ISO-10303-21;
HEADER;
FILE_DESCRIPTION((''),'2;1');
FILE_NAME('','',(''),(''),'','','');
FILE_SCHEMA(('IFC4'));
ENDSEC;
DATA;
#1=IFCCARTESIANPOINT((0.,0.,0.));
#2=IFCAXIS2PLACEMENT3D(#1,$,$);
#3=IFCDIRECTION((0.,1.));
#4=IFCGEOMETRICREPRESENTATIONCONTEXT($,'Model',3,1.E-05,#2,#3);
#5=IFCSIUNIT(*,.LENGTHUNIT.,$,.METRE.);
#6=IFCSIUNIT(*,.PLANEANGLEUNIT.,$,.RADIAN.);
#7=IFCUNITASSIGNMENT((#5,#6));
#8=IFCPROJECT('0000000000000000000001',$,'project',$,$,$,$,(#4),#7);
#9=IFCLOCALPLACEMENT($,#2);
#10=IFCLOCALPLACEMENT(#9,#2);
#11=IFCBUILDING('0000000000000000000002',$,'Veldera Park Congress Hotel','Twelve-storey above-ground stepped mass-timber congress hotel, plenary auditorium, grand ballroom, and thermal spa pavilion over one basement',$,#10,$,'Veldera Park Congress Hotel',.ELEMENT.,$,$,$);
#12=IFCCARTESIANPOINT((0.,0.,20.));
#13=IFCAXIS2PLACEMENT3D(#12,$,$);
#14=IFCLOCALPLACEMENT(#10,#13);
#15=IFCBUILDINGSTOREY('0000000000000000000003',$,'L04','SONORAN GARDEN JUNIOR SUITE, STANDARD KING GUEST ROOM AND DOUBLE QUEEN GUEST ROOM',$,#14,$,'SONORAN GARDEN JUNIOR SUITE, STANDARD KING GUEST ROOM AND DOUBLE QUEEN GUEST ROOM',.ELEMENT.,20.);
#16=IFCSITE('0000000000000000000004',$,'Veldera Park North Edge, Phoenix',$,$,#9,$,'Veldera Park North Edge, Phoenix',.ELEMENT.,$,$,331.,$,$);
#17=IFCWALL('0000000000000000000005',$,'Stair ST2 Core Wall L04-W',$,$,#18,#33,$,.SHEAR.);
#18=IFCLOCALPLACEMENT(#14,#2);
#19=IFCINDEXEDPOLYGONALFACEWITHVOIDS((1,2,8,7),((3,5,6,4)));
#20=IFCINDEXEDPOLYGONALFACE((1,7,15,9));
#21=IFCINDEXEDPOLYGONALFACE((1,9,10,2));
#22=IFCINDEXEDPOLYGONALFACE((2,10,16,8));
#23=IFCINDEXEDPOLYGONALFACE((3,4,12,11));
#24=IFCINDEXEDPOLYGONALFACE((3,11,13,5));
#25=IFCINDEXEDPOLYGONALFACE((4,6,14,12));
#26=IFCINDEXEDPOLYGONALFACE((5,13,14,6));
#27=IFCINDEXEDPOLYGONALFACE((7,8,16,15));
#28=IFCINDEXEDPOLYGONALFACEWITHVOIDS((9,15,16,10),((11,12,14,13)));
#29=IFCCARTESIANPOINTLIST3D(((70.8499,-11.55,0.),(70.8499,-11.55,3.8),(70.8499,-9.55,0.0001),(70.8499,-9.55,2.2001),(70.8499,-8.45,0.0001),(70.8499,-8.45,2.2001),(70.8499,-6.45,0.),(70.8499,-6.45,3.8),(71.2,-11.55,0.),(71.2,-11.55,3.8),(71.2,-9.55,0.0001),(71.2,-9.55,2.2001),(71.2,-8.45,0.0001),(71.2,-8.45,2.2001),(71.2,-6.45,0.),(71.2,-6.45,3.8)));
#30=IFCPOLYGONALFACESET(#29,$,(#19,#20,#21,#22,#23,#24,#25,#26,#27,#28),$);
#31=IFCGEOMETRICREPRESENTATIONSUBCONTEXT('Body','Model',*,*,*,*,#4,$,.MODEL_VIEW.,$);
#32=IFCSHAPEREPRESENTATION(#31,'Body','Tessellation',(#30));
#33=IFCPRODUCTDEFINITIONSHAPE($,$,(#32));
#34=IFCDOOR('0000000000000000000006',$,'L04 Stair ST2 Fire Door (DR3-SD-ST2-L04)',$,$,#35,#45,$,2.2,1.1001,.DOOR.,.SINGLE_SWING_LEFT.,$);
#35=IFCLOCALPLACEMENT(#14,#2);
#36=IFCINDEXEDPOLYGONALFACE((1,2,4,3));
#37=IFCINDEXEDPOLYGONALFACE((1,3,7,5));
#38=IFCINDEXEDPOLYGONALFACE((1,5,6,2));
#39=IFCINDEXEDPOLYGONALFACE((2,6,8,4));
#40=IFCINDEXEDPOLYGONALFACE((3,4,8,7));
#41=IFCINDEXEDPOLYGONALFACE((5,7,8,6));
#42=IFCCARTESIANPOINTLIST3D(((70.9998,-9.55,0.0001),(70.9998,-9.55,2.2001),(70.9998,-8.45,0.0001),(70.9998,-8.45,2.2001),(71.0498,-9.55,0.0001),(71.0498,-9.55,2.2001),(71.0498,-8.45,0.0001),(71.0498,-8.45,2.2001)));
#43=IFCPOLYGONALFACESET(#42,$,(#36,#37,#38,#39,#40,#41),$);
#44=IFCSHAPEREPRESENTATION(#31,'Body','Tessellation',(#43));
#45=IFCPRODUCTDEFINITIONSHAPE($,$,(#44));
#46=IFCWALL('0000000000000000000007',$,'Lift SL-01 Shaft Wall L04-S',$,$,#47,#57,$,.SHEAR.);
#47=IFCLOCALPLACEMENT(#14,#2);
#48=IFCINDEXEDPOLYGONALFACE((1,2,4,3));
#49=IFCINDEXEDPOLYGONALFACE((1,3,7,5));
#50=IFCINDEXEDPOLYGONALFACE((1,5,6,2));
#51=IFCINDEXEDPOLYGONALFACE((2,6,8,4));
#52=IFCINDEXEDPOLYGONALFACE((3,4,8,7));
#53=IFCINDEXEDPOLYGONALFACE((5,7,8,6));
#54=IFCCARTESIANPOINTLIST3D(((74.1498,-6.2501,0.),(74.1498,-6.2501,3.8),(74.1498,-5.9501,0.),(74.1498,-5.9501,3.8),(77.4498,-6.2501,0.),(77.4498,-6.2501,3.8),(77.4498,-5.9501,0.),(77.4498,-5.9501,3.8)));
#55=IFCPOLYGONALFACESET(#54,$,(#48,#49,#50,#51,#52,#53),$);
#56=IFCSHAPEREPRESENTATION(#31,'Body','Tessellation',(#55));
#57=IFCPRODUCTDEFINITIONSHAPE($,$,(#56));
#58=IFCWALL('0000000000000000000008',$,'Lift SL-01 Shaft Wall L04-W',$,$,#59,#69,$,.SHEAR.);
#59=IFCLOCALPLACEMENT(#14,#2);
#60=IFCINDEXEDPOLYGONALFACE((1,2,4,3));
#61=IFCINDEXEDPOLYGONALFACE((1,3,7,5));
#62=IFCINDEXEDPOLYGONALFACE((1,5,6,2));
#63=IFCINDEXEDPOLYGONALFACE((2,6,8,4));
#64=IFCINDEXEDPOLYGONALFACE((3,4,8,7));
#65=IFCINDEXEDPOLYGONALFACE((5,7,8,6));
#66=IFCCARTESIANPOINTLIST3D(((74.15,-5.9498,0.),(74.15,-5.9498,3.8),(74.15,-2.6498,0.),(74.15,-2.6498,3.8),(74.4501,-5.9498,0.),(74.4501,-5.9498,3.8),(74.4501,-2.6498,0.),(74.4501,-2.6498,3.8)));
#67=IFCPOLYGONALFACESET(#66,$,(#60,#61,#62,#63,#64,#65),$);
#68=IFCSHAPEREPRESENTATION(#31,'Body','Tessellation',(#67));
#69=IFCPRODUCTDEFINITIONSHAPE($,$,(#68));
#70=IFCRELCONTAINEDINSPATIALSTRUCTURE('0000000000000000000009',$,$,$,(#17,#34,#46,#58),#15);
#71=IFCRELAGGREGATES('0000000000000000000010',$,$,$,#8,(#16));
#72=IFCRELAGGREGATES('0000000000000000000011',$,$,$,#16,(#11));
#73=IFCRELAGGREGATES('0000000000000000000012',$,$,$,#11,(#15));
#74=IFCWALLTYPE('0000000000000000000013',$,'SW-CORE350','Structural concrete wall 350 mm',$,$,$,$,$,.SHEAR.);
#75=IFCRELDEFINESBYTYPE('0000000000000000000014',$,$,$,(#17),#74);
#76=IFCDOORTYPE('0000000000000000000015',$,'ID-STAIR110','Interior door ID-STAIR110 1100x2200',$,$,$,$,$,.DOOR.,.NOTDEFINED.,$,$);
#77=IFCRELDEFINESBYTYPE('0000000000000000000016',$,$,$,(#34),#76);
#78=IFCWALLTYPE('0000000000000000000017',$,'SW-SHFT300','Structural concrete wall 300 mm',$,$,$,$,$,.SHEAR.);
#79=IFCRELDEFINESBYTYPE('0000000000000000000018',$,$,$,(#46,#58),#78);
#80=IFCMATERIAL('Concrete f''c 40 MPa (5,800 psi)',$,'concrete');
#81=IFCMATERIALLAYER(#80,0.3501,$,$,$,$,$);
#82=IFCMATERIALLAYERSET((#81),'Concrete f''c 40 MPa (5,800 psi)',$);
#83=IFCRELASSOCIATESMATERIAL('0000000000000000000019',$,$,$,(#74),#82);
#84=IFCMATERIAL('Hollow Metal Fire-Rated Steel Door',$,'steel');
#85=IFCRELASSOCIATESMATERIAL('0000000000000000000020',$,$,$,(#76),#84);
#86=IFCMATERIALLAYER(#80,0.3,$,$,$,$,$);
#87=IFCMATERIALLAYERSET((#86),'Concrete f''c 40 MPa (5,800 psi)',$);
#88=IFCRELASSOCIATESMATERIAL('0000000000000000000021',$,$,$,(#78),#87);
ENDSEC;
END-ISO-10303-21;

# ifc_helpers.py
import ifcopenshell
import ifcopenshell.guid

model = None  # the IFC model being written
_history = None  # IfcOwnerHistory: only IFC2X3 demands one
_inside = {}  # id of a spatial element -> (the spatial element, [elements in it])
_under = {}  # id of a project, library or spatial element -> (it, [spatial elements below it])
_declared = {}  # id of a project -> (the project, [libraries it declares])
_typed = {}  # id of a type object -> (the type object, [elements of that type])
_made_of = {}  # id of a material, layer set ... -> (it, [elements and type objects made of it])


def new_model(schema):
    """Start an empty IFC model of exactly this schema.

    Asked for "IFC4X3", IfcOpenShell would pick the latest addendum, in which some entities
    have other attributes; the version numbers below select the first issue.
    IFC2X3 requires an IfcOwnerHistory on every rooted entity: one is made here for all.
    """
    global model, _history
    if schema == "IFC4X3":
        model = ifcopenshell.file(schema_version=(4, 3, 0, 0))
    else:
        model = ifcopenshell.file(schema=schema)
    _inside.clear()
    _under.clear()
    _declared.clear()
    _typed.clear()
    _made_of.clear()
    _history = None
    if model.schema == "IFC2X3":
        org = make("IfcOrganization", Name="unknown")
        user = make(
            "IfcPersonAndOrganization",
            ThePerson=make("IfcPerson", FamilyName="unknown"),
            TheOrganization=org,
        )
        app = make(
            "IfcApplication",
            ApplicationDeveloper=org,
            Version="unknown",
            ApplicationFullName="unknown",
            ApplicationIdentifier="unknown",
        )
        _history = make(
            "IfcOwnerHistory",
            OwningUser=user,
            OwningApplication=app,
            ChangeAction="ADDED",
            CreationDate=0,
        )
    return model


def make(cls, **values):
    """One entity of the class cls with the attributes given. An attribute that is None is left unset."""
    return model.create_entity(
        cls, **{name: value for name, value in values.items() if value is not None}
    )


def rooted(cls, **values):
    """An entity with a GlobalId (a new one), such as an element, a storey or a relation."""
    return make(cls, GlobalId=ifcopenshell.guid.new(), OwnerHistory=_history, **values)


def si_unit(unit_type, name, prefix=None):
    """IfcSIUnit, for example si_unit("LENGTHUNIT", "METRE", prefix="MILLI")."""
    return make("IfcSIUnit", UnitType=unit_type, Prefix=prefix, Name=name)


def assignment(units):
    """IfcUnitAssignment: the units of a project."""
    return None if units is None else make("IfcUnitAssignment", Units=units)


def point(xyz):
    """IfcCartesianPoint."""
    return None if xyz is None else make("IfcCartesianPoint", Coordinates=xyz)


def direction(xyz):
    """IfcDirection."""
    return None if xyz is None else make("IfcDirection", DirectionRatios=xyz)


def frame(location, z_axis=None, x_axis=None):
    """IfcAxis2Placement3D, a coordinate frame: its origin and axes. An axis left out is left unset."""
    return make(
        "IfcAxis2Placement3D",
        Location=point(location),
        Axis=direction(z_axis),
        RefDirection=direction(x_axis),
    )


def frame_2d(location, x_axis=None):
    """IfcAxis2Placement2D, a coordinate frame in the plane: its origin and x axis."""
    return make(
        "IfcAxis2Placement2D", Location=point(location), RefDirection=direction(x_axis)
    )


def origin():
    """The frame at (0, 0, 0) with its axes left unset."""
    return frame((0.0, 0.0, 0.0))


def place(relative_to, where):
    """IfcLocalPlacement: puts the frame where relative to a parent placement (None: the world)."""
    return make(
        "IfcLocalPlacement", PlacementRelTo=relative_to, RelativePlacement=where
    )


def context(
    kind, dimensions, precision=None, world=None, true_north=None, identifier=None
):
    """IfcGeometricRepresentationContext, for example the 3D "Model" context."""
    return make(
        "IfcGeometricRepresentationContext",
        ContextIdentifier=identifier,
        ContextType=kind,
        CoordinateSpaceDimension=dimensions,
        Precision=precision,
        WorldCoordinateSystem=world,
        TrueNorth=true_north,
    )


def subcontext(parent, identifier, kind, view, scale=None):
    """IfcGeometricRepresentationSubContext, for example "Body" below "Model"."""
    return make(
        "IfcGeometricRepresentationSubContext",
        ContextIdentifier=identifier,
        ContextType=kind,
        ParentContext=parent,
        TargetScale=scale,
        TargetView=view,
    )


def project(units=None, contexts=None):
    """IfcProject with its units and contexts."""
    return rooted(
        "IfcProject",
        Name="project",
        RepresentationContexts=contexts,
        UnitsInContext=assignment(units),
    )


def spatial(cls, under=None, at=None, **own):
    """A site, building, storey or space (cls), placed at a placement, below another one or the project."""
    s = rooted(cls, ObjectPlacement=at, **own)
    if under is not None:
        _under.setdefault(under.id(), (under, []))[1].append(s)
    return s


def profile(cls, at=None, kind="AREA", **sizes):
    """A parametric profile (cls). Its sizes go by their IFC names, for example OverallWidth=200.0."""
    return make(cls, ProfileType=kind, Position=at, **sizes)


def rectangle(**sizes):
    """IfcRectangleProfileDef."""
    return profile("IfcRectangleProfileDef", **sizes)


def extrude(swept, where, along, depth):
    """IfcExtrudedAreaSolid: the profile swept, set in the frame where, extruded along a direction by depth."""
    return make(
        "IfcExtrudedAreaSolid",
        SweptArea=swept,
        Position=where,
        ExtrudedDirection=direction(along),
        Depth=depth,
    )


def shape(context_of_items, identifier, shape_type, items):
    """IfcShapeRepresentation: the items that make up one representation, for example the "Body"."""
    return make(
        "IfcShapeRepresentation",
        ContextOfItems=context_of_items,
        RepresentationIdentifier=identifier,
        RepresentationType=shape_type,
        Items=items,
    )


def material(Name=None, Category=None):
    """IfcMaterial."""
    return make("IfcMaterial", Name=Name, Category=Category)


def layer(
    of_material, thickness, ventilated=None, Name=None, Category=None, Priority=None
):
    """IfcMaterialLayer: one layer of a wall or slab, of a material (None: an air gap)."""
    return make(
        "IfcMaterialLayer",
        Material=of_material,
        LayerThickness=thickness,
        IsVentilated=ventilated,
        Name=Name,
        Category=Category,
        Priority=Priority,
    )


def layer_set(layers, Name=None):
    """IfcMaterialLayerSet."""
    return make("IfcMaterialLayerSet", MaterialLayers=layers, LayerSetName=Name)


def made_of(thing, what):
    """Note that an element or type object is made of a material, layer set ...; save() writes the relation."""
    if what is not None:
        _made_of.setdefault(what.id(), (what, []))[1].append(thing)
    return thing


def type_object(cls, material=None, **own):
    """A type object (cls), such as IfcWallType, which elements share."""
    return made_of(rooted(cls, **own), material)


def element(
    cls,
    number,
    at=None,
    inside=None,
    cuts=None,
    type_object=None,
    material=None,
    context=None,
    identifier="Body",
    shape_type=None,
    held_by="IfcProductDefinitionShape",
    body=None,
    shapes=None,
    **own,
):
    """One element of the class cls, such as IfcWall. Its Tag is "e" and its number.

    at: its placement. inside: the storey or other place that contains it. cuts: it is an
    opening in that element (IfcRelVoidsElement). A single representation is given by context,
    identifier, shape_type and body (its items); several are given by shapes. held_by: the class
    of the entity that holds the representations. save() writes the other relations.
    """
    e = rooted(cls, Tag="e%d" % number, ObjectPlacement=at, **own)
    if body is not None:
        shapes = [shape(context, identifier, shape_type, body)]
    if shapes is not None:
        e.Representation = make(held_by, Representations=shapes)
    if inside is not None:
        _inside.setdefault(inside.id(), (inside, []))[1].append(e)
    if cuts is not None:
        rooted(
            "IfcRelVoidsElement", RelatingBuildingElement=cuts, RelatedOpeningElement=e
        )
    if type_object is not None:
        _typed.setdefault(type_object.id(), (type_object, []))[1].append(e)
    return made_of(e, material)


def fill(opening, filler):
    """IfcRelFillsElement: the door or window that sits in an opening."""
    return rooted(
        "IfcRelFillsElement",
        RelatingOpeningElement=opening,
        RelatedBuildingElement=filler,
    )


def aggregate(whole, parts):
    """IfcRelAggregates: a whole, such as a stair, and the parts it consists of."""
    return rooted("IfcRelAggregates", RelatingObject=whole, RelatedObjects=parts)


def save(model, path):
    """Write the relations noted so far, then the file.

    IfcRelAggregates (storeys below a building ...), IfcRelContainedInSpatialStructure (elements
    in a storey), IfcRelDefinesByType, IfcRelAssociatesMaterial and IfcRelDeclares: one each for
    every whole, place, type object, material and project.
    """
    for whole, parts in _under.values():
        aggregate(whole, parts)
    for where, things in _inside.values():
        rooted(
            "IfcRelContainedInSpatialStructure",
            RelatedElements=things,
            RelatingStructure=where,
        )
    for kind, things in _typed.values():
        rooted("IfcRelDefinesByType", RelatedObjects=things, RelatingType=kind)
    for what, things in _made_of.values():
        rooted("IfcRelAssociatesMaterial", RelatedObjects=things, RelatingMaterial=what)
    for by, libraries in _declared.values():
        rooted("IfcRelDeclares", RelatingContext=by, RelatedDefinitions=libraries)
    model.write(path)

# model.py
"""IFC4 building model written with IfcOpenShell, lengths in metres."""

from ifc_helpers import new_model, si_unit, direction, frame, frame_2d, origin, place, context, subcontext, project, spatial, rectangle, extrude, material, layer, layer_set, type_object, element, fill, save


model = new_model("IFC4")

# Units and contexts
model_context = context("Model", 3, precision=1e-05, world=origin(), true_north=direction((0.0, 1.0)))
body_context = subcontext(model_context, "Body", "Model", "MODEL_VIEW")
ifc_project = project(units=[si_unit("LENGTHUNIT", "METRE"), si_unit("PLANEANGLEUNIT", "RADIAN")], contexts=[model_context])

# Site, building, storey
site_placement = place(None, origin())
site = spatial("IfcSite", under=ifc_project, at=site_placement, Name="Veldera Park North Edge, Phoenix", LongName="Veldera Park North Edge, Phoenix", CompositionType="ELEMENT", RefElevation=331.0)
building_placement = place(site_placement, origin())
building = spatial("IfcBuilding", under=site, at=building_placement, Name="Veldera Park Congress Hotel", Description="Twelve-storey above-ground stepped mass-timber congress hotel, plenary auditorium, grand ballroom, and thermal spa pavilion over one basement", LongName="Veldera Park Congress Hotel", CompositionType="ELEMENT")
storey_placement = place(building_placement, frame((0.0, 0.0, 20.0)))
storey = spatial("IfcBuildingStorey", under=building, at=storey_placement, Name="L04", Description="SONORAN GARDEN JUNIOR SUITE, STANDARD KING GUEST ROOM AND DOUBLE QUEEN GUEST ROOM", LongName="SONORAN GARDEN JUNIOR SUITE, STANDARD KING GUEST ROOM AND DOUBLE QUEEN GUEST ROOM", CompositionType="ELEMENT", Elevation=20.0)

# Shared definitions
ifc_material_1 = material(Name="Concrete f'c 40 MPa (5,800 psi)", Category="concrete")

# Wall, opening, door
ifc_layer_1 = layer(ifc_material_1, 0.3501)
ifc_layer_set_1 = layer_set([ifc_layer_1], Name="Concrete f'c 40 MPa (5,800 psi)")
wall_type_1 = type_object("IfcWallType", Name="SW-CORE350", Description="Structural concrete wall 350 mm", PredefinedType="SHEAR", material=ifc_layer_set_1)
wall_1_placement = place(storey_placement, frame((71.0249, -6.45, 0.0), z_axis=(0.0, 0.0, 1.0), x_axis=(0.0, -1.0, 0.0)))
wall_1 = element("IfcWall", 1, at=wall_1_placement, inside=storey, type_object=wall_type_1, Name="Stair ST2 Core Wall L04-W", PredefinedType="SHEAR", context=body_context, shape_type="SweptSolid", body=[
    extrude(rectangle(XDim=5.1001, YDim=0.3501, at=frame_2d((2.55, 0.0))), origin(), (0.0, 0.0, 1.0), 3.8),
])
opening_1_placement = place(wall_1_placement, frame((2.0, 0.0, 0.0)))
opening_1 = element("IfcOpeningElement", 2, at=opening_1_placement, cuts=wall_1, PredefinedType="OPENING", context=body_context, shape_type="SweptSolid", body=[
    extrude(rectangle(XDim=1.1001, YDim=2.2, at=frame_2d((0.55, 1.1001))), frame((0.0, 0.187, 0.0), z_axis=(0.0, -1.0, 0.0), x_axis=(1.0, 0.0, 0.0)), (0.0, 0.0, 1.0), 0.374),
])
ifc_material_2 = material(Name="Hollow Metal Fire-Rated Steel Door", Category="steel")
door_type_1 = type_object("IfcDoorType", Name="ID-STAIR110", Description="Interior door ID-STAIR110 1100x2200", OperationType="NOTDEFINED", PredefinedType="DOOR", material=ifc_material_2)
door_1_placement = place(opening_1_placement, origin())
door_1 = element("IfcDoor", 3, at=door_1_placement, inside=storey, type_object=door_type_1, Name="L04 Stair ST2 Fire Door (DR3-SD-ST2-L04)", OperationType="SINGLE_SWING_LEFT", OverallHeight=2.2, OverallWidth=1.1001, PredefinedType="DOOR", context=body_context, shape_type="SweptSolid", body=[
    extrude(rectangle(XDim=1.1001, YDim=2.2, at=frame_2d((0.55, 1.1001))), frame((0.0, 0.0249, 0.0), z_axis=(0.0, -1.0, 0.0), x_axis=(1.0, 0.0, 0.0)), (0.0, 0.0, 1.0), 0.05),
])
fill(opening_1, door_1)

# Walls
ifc_layer_2 = layer(ifc_material_1, 0.3)
ifc_layer_set_2 = layer_set([ifc_layer_2], Name="Concrete f'c 40 MPa (5,800 psi)")
wall_type_2 = type_object("IfcWallType", Name="SW-SHFT300", Description="Structural concrete wall 300 mm", PredefinedType="SHEAR", material=ifc_layer_set_2)
for number, where, z_axis, x_axis, name in (
    (4, (74.1499, -6.1001, 0.0), (0.0, 0.0, 1.0), (1.0, 0.0, 0.0), "Lift SL-01 Shaft Wall L04-S"),
    (5, (74.3, -2.6499, 0.0), (0.0, 0.0, 1.0), (0.0, -1.0, 0.0), "Lift SL-01 Shaft Wall L04-W"),
):
    element("IfcWall", number, at=place(storey_placement, frame(where, z_axis=z_axis, x_axis=x_axis)), inside=storey, type_object=wall_type_2, Name=name, PredefinedType="SHEAR", context=body_context, shape_type="SweptSolid", body=[
        extrude(rectangle(XDim=3.3, YDim=0.3, at=frame_2d((1.6499, 0.0))), origin(), (0.0, 0.0, 1.0), 3.8),
    ])

save(model, "model.ifc")
